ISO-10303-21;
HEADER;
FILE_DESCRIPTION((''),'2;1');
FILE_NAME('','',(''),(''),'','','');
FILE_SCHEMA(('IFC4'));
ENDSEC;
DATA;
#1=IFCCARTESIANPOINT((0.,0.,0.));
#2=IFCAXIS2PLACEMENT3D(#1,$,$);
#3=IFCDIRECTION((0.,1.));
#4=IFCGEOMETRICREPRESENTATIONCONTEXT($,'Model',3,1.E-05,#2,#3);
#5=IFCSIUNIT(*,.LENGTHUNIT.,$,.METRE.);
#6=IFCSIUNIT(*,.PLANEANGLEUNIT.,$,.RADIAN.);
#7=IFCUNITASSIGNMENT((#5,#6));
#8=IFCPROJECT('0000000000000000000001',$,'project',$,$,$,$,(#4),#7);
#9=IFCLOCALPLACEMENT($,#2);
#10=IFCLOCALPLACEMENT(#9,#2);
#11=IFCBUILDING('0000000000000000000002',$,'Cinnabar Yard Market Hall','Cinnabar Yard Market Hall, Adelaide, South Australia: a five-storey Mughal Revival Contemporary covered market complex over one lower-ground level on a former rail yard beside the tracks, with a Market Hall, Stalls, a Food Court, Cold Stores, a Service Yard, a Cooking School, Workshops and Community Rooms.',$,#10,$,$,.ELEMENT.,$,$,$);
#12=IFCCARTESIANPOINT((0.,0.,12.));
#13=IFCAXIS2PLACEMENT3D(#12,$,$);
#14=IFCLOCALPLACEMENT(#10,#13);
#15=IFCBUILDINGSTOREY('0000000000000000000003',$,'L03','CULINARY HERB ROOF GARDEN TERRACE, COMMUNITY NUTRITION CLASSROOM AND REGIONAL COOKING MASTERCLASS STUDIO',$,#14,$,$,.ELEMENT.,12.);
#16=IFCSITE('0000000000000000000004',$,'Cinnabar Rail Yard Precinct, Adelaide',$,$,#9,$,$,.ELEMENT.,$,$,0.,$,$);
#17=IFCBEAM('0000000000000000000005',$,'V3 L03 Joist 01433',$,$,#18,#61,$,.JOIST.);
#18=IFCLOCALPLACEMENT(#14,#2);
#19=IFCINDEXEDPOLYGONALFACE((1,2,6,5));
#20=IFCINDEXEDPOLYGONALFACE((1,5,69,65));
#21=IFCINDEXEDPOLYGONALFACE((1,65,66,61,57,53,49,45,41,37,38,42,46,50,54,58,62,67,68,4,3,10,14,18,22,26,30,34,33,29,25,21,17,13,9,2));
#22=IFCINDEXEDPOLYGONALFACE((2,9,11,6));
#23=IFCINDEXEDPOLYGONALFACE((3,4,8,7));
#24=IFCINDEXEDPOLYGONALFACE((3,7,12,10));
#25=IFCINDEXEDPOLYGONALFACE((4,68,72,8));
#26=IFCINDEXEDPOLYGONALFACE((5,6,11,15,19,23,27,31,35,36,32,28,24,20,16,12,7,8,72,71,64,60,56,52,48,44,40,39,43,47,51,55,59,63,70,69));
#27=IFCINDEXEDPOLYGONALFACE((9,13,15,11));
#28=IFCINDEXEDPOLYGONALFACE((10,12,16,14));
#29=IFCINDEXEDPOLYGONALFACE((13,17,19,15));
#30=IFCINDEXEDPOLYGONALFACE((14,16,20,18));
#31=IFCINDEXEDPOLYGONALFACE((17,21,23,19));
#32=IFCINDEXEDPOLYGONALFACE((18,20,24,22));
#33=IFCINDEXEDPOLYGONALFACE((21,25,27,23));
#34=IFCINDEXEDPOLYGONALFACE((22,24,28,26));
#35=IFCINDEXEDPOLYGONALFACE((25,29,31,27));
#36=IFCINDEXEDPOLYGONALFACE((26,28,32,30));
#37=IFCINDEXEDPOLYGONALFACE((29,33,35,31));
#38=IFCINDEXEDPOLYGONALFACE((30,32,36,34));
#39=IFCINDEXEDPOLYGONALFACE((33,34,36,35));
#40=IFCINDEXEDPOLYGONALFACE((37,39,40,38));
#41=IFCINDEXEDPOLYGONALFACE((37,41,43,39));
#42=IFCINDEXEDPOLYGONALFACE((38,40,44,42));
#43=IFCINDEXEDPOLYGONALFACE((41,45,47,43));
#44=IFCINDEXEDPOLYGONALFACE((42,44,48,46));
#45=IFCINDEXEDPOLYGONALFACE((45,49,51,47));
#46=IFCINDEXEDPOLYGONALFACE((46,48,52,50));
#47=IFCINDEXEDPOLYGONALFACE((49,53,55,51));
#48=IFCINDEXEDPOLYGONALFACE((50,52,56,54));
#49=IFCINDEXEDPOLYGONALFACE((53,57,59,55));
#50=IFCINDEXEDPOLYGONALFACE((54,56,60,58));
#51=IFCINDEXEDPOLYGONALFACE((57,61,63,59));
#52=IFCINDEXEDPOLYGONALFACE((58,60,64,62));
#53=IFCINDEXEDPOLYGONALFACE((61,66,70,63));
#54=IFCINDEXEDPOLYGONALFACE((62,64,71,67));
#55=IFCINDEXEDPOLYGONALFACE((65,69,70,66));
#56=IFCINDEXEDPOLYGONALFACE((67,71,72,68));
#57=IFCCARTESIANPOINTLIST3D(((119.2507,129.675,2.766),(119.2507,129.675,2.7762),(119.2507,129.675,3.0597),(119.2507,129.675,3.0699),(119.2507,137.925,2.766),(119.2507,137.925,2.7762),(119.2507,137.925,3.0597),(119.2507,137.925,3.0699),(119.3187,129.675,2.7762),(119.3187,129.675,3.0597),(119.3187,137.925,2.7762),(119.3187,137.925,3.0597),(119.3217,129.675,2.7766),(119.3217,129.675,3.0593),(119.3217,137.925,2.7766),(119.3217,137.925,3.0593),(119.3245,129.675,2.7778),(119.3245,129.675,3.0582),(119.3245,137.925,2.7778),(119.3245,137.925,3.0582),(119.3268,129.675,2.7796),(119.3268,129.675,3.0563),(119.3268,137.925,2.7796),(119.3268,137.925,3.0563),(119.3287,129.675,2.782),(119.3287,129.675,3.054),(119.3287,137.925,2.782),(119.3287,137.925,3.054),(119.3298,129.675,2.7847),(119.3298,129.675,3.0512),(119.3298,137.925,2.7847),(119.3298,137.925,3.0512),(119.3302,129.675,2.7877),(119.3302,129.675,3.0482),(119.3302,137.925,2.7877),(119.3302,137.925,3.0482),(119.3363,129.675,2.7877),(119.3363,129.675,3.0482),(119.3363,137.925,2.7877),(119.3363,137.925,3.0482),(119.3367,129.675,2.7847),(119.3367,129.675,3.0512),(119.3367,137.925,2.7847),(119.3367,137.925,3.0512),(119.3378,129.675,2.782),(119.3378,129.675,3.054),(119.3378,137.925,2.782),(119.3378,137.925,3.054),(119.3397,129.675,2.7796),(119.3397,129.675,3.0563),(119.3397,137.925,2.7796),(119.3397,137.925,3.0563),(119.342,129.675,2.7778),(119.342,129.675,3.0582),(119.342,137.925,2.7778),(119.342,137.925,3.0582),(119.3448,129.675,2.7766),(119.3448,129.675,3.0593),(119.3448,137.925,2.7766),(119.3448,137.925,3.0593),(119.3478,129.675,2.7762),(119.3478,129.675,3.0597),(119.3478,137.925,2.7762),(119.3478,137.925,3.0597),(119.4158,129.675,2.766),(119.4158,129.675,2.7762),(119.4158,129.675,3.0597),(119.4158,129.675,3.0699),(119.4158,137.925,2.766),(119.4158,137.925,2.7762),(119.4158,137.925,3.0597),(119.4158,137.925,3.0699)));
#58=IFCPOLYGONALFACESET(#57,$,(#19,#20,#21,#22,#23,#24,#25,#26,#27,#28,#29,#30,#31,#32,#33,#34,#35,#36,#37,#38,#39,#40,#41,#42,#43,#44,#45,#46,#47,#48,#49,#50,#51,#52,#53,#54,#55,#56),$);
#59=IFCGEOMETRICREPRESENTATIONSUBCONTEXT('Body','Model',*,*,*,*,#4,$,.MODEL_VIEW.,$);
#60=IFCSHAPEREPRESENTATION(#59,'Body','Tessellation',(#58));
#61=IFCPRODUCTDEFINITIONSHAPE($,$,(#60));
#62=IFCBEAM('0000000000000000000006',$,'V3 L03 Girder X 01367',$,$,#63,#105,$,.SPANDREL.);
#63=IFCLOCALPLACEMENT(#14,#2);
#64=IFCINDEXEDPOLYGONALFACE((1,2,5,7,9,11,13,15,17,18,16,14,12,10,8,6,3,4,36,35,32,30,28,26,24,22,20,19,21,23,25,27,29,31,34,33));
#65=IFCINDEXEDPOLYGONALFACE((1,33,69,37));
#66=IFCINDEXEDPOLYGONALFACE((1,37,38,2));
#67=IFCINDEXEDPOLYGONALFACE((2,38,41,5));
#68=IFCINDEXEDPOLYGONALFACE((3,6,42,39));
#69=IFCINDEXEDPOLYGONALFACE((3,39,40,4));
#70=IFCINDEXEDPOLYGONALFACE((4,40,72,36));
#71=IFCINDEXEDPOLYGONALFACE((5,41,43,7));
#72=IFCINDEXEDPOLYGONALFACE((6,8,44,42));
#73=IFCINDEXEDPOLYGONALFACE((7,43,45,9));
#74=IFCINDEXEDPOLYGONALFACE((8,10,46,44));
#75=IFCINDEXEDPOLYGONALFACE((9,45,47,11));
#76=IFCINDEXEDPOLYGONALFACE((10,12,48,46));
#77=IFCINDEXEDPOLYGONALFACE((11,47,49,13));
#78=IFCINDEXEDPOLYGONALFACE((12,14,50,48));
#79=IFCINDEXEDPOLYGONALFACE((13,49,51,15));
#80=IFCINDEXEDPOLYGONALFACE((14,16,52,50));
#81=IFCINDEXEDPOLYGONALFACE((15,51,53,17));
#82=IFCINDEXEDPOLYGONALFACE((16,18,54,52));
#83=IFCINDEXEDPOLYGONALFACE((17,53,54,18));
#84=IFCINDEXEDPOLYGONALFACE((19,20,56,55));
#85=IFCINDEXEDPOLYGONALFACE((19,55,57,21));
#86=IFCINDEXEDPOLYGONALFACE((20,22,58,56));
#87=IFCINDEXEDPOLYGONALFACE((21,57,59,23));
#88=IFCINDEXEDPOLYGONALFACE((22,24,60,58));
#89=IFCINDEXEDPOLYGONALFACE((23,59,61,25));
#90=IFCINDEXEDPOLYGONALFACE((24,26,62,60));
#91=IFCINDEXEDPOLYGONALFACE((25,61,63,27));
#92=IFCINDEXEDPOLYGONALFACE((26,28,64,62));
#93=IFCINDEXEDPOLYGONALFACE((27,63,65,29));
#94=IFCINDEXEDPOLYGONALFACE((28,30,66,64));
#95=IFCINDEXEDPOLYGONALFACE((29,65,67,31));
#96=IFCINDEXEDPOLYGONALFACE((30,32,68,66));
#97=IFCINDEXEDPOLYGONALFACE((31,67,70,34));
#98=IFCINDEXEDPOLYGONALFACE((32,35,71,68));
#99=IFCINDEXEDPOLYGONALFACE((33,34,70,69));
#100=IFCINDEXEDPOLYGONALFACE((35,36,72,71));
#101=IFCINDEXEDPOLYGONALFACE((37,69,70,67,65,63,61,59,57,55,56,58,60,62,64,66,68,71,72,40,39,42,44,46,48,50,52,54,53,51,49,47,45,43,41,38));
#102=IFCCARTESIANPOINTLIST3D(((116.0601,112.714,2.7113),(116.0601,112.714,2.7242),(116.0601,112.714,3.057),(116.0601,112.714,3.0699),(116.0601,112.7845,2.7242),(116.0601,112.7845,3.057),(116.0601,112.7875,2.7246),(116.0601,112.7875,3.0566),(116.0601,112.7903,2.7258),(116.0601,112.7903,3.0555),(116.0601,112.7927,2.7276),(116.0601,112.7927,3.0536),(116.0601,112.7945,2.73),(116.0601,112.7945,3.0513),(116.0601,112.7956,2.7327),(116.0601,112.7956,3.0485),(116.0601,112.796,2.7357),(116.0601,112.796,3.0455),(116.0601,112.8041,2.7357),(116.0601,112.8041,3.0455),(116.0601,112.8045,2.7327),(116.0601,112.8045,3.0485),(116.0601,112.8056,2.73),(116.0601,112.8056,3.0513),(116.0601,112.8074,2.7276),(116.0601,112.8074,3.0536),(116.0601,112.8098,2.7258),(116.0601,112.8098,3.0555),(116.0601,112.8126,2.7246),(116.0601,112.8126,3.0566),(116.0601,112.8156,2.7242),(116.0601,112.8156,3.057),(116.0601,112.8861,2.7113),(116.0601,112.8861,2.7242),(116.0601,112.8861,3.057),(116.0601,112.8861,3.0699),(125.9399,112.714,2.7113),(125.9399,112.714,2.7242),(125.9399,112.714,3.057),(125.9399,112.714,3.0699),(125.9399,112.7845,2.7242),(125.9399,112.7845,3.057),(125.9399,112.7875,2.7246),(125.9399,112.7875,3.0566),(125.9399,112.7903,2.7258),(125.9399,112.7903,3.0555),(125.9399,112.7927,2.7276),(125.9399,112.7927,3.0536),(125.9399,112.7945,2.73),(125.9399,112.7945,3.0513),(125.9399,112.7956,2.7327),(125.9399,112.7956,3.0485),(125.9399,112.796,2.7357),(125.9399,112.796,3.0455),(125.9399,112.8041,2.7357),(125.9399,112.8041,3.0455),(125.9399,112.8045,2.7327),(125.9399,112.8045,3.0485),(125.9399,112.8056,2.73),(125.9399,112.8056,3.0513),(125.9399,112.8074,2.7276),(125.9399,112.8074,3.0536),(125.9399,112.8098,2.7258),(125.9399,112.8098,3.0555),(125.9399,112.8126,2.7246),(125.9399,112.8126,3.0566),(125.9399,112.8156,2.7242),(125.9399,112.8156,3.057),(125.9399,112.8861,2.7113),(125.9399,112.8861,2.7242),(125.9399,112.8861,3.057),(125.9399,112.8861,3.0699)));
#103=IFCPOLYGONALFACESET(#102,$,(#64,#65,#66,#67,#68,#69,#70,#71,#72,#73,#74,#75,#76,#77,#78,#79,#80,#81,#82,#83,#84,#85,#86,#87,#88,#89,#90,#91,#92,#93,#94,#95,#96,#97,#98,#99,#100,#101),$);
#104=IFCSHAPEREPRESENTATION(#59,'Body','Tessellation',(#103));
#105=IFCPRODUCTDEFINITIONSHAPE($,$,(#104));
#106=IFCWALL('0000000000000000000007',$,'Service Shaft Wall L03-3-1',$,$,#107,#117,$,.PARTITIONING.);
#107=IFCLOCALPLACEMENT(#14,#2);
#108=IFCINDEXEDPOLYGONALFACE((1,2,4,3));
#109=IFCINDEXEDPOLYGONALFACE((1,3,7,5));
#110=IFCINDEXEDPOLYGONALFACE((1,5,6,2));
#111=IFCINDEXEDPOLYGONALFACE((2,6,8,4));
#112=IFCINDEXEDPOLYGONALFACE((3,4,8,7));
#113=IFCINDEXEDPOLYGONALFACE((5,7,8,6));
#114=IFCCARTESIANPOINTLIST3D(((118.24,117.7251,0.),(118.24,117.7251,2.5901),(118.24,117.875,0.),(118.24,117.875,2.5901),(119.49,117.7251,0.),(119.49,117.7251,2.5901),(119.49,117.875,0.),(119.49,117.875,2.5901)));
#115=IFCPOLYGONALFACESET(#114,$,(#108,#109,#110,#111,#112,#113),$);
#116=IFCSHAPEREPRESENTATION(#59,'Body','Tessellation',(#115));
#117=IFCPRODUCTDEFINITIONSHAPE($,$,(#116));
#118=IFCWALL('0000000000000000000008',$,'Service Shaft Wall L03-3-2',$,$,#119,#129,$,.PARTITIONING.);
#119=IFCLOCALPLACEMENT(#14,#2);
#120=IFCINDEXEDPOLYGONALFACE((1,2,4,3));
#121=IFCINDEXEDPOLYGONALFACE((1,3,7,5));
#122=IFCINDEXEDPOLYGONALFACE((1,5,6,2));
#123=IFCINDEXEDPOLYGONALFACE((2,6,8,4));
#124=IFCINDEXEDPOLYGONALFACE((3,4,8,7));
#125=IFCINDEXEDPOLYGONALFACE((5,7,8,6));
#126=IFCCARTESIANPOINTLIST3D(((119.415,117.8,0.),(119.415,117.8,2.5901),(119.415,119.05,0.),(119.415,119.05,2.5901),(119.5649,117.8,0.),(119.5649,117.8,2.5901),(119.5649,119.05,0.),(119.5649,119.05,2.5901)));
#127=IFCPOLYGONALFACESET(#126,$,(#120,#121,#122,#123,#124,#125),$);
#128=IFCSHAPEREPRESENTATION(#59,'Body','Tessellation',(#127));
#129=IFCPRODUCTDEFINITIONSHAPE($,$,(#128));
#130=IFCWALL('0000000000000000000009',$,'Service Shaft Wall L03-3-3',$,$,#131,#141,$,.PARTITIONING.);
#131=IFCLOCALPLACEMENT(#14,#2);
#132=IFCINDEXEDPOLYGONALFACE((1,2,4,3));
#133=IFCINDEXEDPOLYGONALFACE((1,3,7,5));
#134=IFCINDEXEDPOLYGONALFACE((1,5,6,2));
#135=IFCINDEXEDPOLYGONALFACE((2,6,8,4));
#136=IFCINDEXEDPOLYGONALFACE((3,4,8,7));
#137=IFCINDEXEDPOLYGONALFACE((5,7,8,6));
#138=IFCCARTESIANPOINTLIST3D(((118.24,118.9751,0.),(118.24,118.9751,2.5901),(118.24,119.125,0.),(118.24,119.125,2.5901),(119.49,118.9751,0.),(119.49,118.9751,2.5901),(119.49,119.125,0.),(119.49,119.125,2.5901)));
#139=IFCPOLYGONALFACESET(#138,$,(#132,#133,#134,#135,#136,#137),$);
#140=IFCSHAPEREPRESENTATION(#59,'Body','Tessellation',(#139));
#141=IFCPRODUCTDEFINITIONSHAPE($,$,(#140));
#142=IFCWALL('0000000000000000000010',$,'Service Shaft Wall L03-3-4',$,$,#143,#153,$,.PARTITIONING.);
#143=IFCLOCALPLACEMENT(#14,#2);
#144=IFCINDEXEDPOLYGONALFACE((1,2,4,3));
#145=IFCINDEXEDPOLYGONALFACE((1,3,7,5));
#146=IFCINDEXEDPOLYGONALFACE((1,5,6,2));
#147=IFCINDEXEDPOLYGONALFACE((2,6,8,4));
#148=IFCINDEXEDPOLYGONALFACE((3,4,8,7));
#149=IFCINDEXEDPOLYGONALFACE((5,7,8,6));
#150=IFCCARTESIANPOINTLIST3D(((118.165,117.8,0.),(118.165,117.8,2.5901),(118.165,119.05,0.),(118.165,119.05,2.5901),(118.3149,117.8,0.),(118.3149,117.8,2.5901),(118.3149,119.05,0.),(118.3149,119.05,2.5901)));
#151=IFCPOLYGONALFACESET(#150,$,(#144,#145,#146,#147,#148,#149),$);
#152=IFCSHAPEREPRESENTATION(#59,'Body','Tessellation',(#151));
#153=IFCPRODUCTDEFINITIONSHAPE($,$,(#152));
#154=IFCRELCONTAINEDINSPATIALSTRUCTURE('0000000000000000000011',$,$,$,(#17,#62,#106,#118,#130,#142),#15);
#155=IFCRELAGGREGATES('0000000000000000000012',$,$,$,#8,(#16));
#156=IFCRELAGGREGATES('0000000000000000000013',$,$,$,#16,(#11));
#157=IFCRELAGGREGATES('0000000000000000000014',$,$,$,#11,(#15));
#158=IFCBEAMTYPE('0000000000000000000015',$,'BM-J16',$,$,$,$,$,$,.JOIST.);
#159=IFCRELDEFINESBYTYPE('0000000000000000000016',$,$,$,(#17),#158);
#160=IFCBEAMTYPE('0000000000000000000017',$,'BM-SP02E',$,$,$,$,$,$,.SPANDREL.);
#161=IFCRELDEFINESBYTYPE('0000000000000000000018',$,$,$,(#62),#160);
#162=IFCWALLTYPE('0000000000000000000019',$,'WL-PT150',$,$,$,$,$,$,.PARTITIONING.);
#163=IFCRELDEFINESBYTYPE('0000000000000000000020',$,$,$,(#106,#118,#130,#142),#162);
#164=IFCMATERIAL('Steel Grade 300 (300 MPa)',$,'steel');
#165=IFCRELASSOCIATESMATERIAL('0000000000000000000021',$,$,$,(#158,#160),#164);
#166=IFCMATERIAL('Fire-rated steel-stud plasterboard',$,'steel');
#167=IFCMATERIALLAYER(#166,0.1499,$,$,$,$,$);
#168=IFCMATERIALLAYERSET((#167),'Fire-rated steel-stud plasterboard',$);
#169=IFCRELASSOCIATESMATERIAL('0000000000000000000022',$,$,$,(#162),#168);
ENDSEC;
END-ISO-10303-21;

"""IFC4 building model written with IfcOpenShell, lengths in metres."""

from ifc_helpers import new_model, si_unit, direction, frame, frame_2d, origin, origin_2d_with_axis, place, context, subcontext, project, spatial, rectangle, i_section, extrude, material, layer, layer_set, material_profile, profile_set, type_object, element, save


model = new_model("IFC4")

# Units and contexts
model_context = context("Model", 3, precision=1e-05, world=origin(), true_north=direction((0.0, 1.0)))
body_context = subcontext(model_context, "Body", "Model", "MODEL_VIEW")
ifc_project = project(units=[si_unit("LENGTHUNIT", "METRE"), si_unit("PLANEANGLEUNIT", "RADIAN")], contexts=[model_context])

# Site, building, storey
site_placement = place(None, origin())
site = spatial("IfcSite", under=ifc_project, at=site_placement, Name="Cinnabar Rail Yard Precinct, Adelaide", CompositionType="ELEMENT", RefElevation=0.0)
building_placement = place(site_placement, origin())
building = spatial("IfcBuilding", under=site, at=building_placement, Name="Cinnabar Yard Market Hall", Description="Cinnabar Yard Market Hall, Adelaide, South Australia: a five-storey Mughal Revival Contemporary covered market complex over one lower-ground level on a former rail yard beside the tracks, with a Market Hall, Stalls, a Food Court, Cold Stores, a Service Yard, a Cooking School, Workshops and Community Rooms.", CompositionType="ELEMENT")
storey_placement = place(building_placement, frame((0.0, 0.0, 12.0)))
storey = spatial("IfcBuildingStorey", under=building, at=storey_placement, Name="L03", Description="CULINARY HERB ROOF GARDEN TERRACE, COMMUNITY NUTRITION CLASSROOM AND REGIONAL COOKING MASTERCLASS STUDIO", CompositionType="ELEMENT", Elevation=12.0)

# Shared definitions
ifc_material_1 = material(Name="Steel Grade 300 (300 MPa)", Category="steel")

# Beams
ifc_material_profile_1 = material_profile(ifc_material_1, i_section(OverallWidth=0.165, OverallDepth=0.304, WebThickness=0.0061, FlangeThickness=0.0103, FilletRadius=0.0115, at=origin_2d_with_axis()), Name="310UB40.4")
ifc_profile_set_1 = profile_set([ifc_material_profile_1], Name="Steel Grade 300 (300 MPa)")
beam_type_1 = type_object("IfcBeamType", Name="BM-J16", PredefinedType="JOIST", material=ifc_profile_set_1)
beam_1_placement = place(storey_placement, frame((119.3333, 129.675, 2.918), z_axis=(0.0, 1.0, 0.0), x_axis=(-1.0, 0.0, 0.0)))
element("IfcBeam", 1, at=beam_1_placement, inside=storey, type_object=beam_type_1, Name="V3 L03 Joist 01433", PredefinedType="JOIST", context=body_context, shape_type="SweptSolid", body=[
    extrude(i_section(OverallWidth=0.165, OverallDepth=0.304, WebThickness=0.0061, FlangeThickness=0.0103, FilletRadius=0.0115, at=origin_2d_with_axis()), origin(), (0.0, 0.0, 1.0), 8.25),
])
ifc_material_profile_2 = material_profile(ifc_material_1, i_section(OverallWidth=0.1721, OverallDepth=0.3586, WebThickness=0.0081, FlangeThickness=0.0129, FilletRadius=0.0115, at=origin_2d_with_axis()), Name="360UB56.7")
ifc_profile_set_2 = profile_set([ifc_material_profile_2], Name="Steel Grade 300 (300 MPa)")
beam_type_2 = type_object("IfcBeamType", Name="BM-SP02E", PredefinedType="SPANDREL", material=ifc_profile_set_2)
beam_2_placement = place(storey_placement, frame((116.0601, 112.8, 2.8906), z_axis=(1.0, 0.0, 0.0), x_axis=(0.0, 1.0, 0.0)))
element("IfcBeam", 2, at=beam_2_placement, inside=storey, type_object=beam_type_2, Name="V3 L03 Girder X 01367", PredefinedType="SPANDREL", context=body_context, shape_type="SweptSolid", body=[
    extrude(i_section(OverallWidth=0.1721, OverallDepth=0.3586, WebThickness=0.0081, FlangeThickness=0.0129, FilletRadius=0.0115, at=origin_2d_with_axis()), origin(), (0.0, 0.0, 1.0), 9.8799),
])

# Walls
ifc_material_2 = material(Name="Fire-rated steel-stud plasterboard", Category="steel")
ifc_layer_1 = layer(ifc_material_2, 0.1499)
ifc_layer_set_1 = layer_set([ifc_layer_1], Name="Fire-rated steel-stud plasterboard")
wall_type_1 = type_object("IfcWallType", Name="WL-PT150", PredefinedType="PARTITIONING", material=ifc_layer_set_1)
for number, where, z_axis, x_axis, name in (
    (3, (118.24, 117.8, 0.0), (0.0, 0.0, 1.0), (1.0, 0.0, 0.0), "Service Shaft Wall L03-3-1"),
    (4, (119.49, 117.8, 0.0), (0.0, 0.0, 1.0), (0.0, 1.0, 0.0), "Service Shaft Wall L03-3-2"),
    (5, (119.49, 119.05, 0.0), (0.0, 0.0, 1.0), (-1.0, 0.0, 0.0), "Service Shaft Wall L03-3-3"),
    (6, (118.24, 119.05, 0.0), (0.0, 0.0, 1.0), (0.0, -1.0, 0.0), "Service Shaft Wall L03-3-4"),
):
    element("IfcWall", number, at=place(storey_placement, frame(where, z_axis=z_axis, x_axis=x_axis)), inside=storey, type_object=wall_type_1, Name=name, PredefinedType="PARTITIONING", context=body_context, shape_type="SweptSolid", body=[
        extrude(rectangle(XDim=1.25, YDim=0.1499, at=frame_2d((0.625, 0.0), x_axis=(1.0, 0.0))), origin(), (0.0, 0.0, 1.0), 2.5901),
    ])

save(model, "model.ifc")
